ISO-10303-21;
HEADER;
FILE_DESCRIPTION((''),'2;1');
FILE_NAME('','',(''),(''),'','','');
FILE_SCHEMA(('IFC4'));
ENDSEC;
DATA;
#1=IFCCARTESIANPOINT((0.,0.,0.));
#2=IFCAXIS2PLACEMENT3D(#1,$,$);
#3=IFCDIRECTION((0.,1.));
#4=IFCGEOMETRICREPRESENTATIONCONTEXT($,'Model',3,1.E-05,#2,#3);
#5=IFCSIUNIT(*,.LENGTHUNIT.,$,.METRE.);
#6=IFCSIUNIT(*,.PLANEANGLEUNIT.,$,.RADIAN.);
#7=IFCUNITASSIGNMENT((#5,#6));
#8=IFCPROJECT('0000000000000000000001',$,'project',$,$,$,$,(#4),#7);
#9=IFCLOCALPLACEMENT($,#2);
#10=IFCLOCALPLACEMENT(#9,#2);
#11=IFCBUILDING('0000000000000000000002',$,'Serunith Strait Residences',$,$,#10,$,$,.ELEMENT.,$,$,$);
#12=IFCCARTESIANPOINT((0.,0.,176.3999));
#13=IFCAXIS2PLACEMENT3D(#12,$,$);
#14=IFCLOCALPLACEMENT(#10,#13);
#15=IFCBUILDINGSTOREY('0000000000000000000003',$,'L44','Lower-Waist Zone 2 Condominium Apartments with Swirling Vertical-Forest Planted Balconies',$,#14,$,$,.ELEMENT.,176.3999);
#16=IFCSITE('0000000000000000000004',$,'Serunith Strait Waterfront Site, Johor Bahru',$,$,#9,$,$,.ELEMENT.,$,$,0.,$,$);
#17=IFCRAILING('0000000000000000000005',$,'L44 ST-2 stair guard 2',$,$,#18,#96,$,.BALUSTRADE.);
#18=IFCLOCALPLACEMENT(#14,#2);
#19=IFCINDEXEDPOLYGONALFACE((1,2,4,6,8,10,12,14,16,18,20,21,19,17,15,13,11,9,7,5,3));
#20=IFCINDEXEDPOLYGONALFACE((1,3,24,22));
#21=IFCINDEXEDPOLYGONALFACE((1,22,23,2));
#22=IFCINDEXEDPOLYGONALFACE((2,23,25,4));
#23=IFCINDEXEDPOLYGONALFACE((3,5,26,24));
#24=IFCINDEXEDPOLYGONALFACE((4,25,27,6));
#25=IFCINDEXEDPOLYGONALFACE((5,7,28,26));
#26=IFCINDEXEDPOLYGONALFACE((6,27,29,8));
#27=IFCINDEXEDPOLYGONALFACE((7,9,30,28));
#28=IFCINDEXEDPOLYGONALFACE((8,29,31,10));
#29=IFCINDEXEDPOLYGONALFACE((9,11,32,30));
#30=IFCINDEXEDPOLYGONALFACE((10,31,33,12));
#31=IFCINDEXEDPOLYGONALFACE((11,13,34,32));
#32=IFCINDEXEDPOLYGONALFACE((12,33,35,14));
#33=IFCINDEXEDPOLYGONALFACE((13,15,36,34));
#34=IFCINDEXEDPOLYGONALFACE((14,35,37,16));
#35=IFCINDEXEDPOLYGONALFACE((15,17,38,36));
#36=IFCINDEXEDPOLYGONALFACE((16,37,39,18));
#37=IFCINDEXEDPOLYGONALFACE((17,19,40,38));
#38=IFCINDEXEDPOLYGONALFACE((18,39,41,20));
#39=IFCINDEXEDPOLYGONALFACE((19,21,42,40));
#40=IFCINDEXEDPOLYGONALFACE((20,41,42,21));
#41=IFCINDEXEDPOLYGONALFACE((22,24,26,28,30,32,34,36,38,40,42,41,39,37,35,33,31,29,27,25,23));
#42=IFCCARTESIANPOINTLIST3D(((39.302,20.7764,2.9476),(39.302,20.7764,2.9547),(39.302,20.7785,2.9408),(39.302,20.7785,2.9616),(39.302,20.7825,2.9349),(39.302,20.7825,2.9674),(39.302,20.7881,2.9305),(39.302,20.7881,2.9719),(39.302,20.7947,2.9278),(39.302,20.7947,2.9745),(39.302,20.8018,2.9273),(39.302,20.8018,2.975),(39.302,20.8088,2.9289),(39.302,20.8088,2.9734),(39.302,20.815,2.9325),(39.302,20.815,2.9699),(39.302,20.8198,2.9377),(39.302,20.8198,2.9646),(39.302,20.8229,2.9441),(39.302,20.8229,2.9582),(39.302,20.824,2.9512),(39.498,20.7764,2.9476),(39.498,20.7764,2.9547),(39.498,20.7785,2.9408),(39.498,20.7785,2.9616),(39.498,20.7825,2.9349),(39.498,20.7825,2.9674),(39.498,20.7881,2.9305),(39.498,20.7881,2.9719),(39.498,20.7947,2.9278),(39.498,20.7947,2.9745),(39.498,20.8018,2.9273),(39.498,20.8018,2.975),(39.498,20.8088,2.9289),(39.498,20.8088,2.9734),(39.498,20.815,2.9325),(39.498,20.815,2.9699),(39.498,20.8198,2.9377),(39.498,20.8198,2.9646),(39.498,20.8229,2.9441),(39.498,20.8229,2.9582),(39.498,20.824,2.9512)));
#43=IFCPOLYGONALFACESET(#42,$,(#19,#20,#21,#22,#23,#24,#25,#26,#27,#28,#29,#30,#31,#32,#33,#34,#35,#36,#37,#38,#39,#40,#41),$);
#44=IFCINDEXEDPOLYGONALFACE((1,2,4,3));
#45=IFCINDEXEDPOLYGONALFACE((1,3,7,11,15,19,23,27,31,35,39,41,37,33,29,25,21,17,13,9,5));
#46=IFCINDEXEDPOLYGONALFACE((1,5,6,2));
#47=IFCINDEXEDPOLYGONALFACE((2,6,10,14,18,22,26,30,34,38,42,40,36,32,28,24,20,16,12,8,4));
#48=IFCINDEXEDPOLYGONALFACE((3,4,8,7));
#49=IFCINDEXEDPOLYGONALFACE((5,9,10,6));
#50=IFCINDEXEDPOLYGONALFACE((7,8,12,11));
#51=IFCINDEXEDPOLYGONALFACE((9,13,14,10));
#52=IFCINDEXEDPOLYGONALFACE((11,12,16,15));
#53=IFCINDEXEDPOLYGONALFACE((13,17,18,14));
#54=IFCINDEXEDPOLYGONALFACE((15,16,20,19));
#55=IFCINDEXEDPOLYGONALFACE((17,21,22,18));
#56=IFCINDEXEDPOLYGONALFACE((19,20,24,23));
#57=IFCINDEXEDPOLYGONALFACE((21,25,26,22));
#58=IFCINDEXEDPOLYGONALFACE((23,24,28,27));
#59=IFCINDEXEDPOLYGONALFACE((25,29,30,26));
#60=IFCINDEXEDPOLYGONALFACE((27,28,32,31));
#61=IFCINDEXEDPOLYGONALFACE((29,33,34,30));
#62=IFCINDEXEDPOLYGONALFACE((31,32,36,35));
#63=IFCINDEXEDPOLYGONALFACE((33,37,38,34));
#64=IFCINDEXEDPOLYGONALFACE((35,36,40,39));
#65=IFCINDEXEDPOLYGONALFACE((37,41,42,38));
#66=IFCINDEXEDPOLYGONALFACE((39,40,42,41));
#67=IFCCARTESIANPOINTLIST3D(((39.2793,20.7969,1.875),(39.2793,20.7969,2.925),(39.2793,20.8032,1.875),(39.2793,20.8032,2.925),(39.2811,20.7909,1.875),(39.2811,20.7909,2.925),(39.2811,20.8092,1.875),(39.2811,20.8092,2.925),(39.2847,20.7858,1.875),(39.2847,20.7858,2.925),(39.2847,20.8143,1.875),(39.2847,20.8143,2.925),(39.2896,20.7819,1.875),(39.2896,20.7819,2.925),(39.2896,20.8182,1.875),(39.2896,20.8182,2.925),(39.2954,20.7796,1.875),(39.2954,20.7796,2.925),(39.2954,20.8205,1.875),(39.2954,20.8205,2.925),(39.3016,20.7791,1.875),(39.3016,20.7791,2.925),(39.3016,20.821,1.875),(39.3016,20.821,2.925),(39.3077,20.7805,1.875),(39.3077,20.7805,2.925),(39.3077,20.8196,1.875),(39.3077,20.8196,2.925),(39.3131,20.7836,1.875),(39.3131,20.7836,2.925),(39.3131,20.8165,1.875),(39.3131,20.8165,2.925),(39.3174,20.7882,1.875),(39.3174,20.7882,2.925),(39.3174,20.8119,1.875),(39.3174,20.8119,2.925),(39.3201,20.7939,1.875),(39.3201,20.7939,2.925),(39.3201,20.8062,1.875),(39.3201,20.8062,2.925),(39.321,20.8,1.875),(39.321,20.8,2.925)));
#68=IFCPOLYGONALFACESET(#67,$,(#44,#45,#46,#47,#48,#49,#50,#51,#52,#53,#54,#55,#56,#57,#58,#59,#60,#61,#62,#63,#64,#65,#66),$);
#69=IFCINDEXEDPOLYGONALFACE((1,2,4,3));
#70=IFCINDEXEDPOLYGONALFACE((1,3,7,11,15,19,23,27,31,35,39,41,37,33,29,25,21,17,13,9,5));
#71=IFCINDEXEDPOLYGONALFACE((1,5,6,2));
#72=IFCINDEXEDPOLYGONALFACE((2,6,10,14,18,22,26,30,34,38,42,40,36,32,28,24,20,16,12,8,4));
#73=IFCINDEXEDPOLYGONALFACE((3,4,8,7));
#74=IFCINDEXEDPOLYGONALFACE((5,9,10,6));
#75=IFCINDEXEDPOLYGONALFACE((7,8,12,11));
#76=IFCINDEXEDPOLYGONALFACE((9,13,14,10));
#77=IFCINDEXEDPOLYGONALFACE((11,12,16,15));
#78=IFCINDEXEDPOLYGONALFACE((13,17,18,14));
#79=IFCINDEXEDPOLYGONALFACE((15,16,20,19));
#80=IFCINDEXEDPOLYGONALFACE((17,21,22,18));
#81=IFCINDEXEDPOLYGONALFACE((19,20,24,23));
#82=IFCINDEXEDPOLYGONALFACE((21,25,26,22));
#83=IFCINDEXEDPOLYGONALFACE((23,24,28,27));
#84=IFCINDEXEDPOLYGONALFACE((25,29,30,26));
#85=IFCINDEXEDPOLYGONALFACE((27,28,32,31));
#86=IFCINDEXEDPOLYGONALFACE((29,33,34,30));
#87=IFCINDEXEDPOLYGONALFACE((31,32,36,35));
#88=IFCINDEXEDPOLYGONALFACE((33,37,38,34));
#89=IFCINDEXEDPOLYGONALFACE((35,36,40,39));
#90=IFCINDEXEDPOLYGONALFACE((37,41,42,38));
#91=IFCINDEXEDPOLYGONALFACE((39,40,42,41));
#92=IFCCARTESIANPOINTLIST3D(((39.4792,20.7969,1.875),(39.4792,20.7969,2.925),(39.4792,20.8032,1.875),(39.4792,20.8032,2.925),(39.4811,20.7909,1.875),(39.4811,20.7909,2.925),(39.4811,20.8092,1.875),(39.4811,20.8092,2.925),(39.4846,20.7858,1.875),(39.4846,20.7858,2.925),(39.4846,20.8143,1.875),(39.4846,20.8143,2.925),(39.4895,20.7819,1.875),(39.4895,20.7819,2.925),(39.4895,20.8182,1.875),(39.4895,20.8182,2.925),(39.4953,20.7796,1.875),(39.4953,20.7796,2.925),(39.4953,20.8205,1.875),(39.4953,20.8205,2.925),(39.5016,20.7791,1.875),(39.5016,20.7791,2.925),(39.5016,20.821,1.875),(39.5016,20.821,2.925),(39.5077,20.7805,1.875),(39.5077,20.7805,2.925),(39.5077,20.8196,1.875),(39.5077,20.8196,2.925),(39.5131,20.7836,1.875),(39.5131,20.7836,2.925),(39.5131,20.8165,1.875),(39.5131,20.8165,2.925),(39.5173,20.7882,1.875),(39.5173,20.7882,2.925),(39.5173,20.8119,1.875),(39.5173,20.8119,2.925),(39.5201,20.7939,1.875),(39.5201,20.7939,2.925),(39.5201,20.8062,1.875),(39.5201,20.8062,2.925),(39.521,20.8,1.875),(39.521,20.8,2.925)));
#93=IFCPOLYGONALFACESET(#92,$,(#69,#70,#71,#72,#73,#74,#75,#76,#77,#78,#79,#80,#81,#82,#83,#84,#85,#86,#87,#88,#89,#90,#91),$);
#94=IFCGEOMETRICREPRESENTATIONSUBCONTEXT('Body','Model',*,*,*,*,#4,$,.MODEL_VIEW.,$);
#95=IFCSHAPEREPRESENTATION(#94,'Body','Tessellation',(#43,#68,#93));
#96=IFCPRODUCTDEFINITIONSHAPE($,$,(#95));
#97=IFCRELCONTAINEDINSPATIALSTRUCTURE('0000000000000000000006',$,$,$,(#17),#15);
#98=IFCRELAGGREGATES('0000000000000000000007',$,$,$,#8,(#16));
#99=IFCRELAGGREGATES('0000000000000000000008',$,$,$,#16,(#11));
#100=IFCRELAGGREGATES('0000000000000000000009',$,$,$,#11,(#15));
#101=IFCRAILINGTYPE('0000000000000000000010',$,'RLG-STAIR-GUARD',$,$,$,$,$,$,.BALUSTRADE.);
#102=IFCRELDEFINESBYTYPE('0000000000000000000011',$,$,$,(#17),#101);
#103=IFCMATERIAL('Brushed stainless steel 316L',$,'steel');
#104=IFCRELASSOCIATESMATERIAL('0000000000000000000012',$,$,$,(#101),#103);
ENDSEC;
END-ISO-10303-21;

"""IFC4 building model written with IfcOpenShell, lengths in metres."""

from ifc_helpers import new_model, si_unit, direction, frame, origin, origin_2d, place, context, subcontext, project, spatial, circle, extrude, material, type_object, element, save


model = new_model("IFC4")

# Units and contexts
model_context = context("Model", 3, precision=1e-05, world=origin(), true_north=direction((0.0, 1.0)))
body_context = subcontext(model_context, "Body", "Model", "MODEL_VIEW")
ifc_project = project(units=[si_unit("LENGTHUNIT", "METRE"), si_unit("PLANEANGLEUNIT", "RADIAN")], contexts=[model_context])

# Site, building, storey
site_placement = place(None, origin())
site = spatial("IfcSite", under=ifc_project, at=site_placement, Name="Serunith Strait Waterfront Site, Johor Bahru", CompositionType="ELEMENT", RefElevation=0.0)
building_placement = place(site_placement, origin())
building = spatial("IfcBuilding", under=site, at=building_placement, Name="Serunith Strait Residences", CompositionType="ELEMENT")
storey_placement = place(building_placement, frame((0.0, 0.0, 176.3999)))
storey = spatial("IfcBuildingStorey", under=building, at=storey_placement, Name="L44", Description="Lower-Waist Zone 2 Condominium Apartments with Swirling Vertical-Forest Planted Balconies", CompositionType="ELEMENT", Elevation=176.3999)

# Railing
ifc_material_1 = material(Name="Brushed stainless steel 316L", Category="steel")
railing_type_1 = type_object("IfcRailingType", Name="RLG-STAIR-GUARD", PredefinedType="BALUSTRADE", material=ifc_material_1)
railing_1_placement = place(storey_placement, frame((39.3, 20.8, 1.875)))
element("IfcRailing", 1, at=railing_1_placement, inside=storey, type_object=railing_type_1, Name="L44 ST-2 stair guard 2", PredefinedType="BALUSTRADE", context=body_context, shape_type="SweptSolid", body=[
    extrude(circle(Radius=0.0239, at=origin_2d()), frame((0.002, 0.0, 1.0762), z_axis=(1.0, 0.0, 0.0), x_axis=(0.0, 1.0, 0.0)), (0.0, 0.0, 1.0), 0.196),
    extrude(circle(Radius=0.021, at=origin_2d()), origin(), (0.0, 0.0, 1.0), 1.05),
    extrude(circle(Radius=0.021, at=origin_2d()), frame((0.2, 0.0, 0.0)), (0.0, 0.0, 1.0), 1.05),
])

save(model, "model.ifc")
